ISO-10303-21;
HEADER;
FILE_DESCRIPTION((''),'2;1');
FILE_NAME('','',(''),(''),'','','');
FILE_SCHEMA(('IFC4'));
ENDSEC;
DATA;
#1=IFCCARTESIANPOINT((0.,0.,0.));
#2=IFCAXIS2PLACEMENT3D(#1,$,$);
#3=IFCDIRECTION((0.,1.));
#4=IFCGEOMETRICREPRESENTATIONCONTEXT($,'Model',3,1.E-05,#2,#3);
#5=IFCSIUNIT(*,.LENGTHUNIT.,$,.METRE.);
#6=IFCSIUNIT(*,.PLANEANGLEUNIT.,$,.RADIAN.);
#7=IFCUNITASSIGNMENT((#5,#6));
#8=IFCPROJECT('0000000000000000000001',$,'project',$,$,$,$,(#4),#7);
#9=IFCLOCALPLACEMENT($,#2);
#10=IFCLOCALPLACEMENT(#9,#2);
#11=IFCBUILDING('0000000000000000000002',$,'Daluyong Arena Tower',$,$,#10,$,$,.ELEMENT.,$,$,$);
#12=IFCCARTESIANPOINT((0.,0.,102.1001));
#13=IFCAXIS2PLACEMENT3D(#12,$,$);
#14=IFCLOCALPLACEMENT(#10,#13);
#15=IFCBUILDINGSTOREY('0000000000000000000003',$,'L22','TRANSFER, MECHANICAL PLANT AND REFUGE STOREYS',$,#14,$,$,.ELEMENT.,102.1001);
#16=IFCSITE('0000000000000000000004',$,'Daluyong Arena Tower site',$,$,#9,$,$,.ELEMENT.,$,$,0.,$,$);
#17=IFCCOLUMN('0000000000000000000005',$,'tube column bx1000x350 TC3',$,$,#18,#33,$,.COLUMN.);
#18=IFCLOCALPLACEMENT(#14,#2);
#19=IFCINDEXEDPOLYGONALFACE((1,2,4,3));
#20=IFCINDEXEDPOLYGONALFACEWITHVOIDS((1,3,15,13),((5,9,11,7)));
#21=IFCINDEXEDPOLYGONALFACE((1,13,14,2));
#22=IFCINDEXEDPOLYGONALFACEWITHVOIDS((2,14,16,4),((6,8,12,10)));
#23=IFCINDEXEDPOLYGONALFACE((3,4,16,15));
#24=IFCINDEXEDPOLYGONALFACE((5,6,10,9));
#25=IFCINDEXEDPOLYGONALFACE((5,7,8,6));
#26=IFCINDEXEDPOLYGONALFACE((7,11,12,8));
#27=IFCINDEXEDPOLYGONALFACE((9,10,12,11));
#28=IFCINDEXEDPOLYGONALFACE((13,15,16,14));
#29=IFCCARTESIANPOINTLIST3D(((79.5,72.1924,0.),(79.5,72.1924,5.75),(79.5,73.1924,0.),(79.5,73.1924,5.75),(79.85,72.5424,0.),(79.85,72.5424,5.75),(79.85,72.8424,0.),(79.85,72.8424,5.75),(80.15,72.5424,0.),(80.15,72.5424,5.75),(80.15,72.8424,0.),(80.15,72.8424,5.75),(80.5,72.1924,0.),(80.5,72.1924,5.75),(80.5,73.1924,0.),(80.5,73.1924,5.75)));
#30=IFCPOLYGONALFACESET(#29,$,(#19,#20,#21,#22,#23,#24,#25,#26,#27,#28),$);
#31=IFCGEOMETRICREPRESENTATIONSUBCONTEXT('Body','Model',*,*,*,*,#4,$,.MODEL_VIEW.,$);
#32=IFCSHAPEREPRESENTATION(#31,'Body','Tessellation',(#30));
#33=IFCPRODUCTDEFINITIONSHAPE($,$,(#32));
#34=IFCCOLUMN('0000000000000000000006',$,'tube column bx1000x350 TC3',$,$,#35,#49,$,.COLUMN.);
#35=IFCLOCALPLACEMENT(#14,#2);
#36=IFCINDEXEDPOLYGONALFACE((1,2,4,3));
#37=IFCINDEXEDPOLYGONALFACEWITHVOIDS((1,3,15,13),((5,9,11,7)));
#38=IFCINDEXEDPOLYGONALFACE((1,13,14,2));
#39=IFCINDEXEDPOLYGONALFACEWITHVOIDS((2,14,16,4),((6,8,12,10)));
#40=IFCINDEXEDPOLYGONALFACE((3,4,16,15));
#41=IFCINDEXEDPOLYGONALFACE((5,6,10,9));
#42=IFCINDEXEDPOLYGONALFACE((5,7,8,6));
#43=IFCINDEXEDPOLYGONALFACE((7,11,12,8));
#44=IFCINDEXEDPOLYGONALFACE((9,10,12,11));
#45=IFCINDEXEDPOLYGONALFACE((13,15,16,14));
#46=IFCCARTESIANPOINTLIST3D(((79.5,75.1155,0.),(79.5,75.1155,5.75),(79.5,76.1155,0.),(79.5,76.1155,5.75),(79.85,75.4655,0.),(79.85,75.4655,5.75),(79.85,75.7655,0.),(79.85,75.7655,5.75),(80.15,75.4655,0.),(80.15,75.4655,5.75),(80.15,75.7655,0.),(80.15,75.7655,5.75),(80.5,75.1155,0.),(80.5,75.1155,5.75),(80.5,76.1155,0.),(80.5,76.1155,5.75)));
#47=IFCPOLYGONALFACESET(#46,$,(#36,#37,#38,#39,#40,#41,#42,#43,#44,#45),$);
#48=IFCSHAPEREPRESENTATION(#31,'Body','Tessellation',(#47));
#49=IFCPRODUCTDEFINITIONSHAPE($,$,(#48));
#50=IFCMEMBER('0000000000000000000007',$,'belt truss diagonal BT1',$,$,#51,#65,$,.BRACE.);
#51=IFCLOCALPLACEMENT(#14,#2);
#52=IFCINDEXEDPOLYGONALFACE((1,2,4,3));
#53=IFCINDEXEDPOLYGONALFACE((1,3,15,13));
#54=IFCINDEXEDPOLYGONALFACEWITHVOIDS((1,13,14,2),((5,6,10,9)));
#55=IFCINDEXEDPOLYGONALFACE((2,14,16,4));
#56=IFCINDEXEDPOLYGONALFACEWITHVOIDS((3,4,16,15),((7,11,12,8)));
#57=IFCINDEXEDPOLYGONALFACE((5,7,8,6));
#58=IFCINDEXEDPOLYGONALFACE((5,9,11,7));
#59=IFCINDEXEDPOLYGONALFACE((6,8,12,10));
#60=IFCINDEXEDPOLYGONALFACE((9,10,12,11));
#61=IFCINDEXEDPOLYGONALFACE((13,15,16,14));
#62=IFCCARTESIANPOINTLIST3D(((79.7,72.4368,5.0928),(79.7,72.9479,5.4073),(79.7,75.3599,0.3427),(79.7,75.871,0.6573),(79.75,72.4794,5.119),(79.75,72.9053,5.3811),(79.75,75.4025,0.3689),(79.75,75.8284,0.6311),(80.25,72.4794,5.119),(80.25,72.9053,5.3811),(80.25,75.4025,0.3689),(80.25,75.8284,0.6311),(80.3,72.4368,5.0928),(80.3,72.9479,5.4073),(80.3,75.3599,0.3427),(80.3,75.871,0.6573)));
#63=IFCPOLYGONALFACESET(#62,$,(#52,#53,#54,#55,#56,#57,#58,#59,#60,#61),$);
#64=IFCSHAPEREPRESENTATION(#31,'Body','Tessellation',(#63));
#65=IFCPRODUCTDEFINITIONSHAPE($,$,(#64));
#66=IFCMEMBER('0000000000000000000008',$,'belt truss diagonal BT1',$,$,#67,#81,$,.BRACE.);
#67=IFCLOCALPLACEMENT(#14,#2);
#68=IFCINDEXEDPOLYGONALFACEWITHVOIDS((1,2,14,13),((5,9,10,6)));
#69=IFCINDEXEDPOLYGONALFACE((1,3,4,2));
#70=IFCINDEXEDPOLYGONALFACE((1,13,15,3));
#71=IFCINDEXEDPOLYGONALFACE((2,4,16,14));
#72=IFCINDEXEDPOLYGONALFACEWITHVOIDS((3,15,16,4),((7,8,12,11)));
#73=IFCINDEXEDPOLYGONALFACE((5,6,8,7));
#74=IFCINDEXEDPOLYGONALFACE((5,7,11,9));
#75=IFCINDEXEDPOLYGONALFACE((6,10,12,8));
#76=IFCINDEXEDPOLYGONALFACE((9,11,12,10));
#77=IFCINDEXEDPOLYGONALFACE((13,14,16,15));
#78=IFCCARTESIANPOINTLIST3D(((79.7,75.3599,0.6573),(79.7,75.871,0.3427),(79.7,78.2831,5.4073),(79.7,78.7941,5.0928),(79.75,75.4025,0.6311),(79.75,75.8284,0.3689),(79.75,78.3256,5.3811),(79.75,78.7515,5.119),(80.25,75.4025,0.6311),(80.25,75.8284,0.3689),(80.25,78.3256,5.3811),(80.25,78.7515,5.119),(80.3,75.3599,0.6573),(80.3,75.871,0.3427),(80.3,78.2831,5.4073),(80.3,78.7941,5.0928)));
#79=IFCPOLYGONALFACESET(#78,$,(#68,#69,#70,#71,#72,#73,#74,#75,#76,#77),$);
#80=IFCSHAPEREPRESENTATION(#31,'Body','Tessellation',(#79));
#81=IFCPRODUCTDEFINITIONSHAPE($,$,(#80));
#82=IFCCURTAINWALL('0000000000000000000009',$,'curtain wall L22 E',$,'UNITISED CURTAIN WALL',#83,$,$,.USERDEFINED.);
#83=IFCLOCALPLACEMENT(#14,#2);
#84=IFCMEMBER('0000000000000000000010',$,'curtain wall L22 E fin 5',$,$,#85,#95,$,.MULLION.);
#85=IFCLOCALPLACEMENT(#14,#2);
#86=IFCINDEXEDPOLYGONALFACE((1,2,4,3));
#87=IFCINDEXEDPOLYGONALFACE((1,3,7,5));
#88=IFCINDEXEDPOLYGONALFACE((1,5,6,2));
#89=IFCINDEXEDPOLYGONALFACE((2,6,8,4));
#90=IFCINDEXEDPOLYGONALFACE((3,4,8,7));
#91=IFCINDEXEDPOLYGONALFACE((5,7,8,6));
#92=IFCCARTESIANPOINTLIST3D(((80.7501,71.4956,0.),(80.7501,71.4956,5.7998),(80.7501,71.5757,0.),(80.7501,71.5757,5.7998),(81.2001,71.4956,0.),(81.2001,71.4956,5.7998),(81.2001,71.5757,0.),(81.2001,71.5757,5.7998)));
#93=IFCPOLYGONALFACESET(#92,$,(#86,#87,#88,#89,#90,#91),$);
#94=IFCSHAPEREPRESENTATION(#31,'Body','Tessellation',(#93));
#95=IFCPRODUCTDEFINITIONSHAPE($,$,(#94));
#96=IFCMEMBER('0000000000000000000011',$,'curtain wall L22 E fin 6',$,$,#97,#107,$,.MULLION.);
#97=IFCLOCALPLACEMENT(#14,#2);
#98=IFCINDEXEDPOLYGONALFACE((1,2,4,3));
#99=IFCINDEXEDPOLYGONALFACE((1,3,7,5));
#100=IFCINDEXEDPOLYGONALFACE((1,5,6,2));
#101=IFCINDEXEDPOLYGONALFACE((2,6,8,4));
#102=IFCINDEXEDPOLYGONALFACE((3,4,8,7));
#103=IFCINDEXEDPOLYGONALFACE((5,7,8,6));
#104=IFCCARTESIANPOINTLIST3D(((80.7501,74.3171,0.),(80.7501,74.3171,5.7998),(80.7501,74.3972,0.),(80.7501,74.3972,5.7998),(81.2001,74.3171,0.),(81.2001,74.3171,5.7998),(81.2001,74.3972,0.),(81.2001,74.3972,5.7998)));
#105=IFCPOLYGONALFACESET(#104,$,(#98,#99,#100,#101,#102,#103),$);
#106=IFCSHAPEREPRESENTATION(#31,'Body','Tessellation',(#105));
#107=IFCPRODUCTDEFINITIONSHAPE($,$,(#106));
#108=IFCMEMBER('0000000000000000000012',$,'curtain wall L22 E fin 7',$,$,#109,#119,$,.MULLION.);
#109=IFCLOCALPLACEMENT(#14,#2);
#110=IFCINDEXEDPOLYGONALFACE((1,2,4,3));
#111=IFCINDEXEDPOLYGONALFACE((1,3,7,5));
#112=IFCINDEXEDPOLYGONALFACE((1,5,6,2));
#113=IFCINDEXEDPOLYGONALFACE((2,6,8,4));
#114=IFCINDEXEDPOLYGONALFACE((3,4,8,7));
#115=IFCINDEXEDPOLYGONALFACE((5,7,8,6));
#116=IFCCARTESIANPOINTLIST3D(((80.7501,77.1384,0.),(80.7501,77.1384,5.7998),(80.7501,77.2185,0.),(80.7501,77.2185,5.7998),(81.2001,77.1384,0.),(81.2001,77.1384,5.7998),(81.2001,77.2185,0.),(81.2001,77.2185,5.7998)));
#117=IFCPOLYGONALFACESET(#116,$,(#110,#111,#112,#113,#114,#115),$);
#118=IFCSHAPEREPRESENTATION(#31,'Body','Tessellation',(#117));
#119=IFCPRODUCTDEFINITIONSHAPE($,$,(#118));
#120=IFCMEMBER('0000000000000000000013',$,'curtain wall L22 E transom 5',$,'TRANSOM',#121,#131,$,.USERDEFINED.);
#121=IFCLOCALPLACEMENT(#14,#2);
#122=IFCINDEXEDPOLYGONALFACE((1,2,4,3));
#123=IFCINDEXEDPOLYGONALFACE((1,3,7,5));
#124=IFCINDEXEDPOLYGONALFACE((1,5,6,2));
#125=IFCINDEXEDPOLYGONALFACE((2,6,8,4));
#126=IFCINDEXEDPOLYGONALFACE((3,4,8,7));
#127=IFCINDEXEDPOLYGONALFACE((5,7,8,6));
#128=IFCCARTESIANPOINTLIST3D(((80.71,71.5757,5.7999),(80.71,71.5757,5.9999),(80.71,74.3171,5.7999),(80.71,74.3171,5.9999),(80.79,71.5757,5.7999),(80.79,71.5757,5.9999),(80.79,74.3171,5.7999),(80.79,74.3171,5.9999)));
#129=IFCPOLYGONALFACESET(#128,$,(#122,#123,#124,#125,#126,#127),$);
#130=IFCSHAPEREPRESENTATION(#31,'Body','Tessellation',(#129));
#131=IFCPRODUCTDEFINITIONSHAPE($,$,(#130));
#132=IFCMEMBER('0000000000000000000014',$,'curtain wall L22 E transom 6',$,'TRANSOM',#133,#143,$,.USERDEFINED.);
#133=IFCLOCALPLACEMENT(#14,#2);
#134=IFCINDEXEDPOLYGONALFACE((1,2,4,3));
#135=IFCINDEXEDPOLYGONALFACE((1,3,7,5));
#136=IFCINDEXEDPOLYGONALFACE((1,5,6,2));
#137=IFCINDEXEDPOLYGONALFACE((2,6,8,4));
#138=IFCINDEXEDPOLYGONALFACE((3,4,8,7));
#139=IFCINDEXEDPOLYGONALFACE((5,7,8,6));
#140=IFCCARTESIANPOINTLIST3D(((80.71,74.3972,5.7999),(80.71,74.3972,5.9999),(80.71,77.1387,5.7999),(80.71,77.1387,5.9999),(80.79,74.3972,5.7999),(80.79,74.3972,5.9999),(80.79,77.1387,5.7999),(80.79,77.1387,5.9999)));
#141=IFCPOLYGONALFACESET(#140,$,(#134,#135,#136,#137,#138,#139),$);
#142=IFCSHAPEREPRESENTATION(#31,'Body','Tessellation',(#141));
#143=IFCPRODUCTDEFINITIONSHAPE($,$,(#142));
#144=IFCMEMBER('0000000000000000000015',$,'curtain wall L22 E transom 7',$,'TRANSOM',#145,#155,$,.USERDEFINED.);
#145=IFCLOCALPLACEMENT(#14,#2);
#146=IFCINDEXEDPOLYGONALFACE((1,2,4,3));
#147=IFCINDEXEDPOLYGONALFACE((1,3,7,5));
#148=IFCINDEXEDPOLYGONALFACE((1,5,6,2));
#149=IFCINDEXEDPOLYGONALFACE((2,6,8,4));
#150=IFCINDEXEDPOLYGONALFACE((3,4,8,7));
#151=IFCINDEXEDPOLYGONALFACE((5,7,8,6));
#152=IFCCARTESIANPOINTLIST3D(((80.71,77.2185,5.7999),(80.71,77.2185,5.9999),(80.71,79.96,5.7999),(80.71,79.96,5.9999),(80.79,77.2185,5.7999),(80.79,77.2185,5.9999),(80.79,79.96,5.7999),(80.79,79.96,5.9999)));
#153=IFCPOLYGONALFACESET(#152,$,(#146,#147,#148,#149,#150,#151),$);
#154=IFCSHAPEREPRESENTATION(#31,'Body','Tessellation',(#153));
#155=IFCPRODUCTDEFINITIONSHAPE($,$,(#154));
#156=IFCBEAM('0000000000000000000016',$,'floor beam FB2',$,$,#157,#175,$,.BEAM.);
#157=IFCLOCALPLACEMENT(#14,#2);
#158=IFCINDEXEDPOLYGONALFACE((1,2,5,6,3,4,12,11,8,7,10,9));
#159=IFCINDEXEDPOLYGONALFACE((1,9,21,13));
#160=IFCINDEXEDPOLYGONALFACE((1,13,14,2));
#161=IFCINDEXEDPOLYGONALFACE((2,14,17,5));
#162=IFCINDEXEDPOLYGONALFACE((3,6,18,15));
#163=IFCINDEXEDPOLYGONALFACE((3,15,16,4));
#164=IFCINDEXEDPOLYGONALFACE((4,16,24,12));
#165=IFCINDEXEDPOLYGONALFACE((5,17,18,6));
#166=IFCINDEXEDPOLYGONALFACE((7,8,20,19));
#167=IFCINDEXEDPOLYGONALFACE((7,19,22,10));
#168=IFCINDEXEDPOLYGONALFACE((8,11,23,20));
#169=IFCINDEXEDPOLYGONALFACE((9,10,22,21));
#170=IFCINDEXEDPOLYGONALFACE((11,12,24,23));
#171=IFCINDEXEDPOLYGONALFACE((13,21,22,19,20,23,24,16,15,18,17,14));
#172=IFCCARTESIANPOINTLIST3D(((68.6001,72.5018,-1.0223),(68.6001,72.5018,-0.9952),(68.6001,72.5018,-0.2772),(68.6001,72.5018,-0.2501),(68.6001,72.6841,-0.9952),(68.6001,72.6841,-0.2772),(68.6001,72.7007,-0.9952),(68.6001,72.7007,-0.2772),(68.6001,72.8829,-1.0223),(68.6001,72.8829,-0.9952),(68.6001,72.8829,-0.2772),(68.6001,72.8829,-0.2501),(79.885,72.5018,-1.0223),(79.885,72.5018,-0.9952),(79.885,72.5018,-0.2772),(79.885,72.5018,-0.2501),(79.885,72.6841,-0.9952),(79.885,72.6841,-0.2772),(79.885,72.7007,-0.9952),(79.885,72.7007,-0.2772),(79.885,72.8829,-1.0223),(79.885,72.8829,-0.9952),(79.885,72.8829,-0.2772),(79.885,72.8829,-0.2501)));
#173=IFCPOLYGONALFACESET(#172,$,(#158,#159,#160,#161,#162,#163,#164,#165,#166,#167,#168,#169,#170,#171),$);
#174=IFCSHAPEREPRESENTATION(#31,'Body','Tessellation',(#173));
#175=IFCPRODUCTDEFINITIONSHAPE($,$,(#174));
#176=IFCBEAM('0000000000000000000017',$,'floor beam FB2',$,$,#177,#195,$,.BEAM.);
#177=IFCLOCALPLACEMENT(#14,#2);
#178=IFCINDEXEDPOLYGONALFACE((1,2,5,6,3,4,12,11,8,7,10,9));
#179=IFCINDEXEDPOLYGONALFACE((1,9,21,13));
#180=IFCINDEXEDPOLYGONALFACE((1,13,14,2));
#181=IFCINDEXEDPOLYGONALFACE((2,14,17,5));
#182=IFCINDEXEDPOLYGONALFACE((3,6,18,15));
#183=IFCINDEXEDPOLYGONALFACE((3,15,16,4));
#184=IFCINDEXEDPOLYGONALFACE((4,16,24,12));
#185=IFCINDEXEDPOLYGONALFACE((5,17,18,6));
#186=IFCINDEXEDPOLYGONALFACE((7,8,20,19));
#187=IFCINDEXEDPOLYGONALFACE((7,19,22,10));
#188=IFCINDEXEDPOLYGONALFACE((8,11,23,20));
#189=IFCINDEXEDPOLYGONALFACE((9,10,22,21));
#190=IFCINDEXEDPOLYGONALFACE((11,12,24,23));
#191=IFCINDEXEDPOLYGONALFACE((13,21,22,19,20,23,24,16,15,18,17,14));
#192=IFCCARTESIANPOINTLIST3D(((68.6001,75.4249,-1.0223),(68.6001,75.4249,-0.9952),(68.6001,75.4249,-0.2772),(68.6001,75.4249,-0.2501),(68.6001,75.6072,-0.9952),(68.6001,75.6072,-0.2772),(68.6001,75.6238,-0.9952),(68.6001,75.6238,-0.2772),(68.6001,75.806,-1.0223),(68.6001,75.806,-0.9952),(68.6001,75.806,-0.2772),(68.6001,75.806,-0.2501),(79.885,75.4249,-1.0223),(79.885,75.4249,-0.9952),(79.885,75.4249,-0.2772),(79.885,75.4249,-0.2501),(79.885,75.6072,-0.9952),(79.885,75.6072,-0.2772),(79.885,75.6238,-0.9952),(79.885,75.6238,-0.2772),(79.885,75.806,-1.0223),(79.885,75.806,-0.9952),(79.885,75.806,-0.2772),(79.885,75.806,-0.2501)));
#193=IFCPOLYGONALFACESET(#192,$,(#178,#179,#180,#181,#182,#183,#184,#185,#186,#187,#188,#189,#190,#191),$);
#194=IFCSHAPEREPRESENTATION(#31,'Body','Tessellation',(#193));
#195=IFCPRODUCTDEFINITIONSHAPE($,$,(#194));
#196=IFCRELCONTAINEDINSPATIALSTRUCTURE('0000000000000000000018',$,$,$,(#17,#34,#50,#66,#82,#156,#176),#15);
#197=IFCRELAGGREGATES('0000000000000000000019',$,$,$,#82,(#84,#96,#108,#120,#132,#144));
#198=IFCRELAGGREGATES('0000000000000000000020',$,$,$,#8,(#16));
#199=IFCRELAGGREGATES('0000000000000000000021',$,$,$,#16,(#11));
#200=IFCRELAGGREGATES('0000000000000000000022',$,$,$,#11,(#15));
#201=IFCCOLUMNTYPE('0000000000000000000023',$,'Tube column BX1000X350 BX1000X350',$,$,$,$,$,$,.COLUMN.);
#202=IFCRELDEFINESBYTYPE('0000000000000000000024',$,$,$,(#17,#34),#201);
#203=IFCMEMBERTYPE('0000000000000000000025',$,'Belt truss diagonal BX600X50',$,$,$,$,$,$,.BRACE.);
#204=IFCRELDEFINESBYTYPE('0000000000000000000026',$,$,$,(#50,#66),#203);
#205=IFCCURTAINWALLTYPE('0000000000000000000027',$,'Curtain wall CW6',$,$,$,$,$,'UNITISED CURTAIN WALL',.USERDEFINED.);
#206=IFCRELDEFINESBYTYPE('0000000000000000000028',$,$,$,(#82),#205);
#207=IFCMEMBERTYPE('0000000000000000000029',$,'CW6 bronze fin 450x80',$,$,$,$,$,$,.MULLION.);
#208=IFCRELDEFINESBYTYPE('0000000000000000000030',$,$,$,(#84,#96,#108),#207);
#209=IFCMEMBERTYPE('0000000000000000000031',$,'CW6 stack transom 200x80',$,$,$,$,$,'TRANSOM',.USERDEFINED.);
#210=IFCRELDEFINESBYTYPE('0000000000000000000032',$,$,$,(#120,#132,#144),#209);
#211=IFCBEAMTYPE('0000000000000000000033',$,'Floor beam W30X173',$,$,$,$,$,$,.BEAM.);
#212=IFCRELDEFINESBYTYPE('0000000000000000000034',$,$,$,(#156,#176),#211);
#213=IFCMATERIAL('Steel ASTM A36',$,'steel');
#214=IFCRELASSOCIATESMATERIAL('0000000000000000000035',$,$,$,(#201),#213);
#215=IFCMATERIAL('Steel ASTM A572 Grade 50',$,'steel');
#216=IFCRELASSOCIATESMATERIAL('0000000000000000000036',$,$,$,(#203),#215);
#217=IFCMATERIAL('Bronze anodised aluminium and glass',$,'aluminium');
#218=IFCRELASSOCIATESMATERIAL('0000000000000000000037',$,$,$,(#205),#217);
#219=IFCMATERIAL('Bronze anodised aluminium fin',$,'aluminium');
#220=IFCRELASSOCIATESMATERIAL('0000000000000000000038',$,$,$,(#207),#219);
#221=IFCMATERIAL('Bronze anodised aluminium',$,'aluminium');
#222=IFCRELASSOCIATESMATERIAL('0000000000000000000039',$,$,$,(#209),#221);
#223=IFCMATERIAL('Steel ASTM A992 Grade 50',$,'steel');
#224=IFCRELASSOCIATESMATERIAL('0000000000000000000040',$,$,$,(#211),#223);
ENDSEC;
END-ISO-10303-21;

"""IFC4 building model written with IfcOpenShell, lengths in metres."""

from ifc_helpers import new_model, si_unit, direction, frame, origin, origin_2d, place, context, subcontext, project, spatial, rectangle, hollow_rectangle, i_section, extrude, material, material_profile, profile_set, type_object, element, aggregate, save


model = new_model("IFC4")

# Units and contexts
model_context = context("Model", 3, precision=1e-05, world=origin(), true_north=direction((0.0, 1.0)))
body_context = subcontext(model_context, "Body", "Model", "MODEL_VIEW")
ifc_project = project(units=[si_unit("LENGTHUNIT", "METRE"), si_unit("PLANEANGLEUNIT", "RADIAN")], contexts=[model_context])

# Site, building, storey
site_placement = place(None, origin())
site = spatial("IfcSite", under=ifc_project, at=site_placement, Name="Daluyong Arena Tower site", CompositionType="ELEMENT", RefElevation=0.0)
building_placement = place(site_placement, origin())
building = spatial("IfcBuilding", under=site, at=building_placement, Name="Daluyong Arena Tower", CompositionType="ELEMENT")
storey_placement = place(building_placement, frame((0.0, 0.0, 102.1001)))
storey = spatial("IfcBuildingStorey", under=building, at=storey_placement, Name="L22", Description="TRANSFER, MECHANICAL PLANT AND REFUGE STOREYS", CompositionType="ELEMENT", Elevation=102.1001)

# Columns
ifc_material_1 = material(Name="Steel ASTM A36", Category="steel")
ifc_material_profile_1 = material_profile(ifc_material_1, hollow_rectangle(XDim=1.0, YDim=1.0, WallThickness=0.35, at=origin_2d()))
ifc_profile_set_1 = profile_set([ifc_material_profile_1], Name="Steel ASTM A36")
column_type = type_object("IfcColumnType", Name="Tube column BX1000X350 BX1000X350", PredefinedType="COLUMN", material=ifc_profile_set_1)
for number, where, z_axis, x_axis, name in (
    (1, (80.0, 72.6924, 0.0), (0.0, 0.0, 1.0), (0.0, 1.0, 0.0), "tube column bx1000x350 TC3"),
    (2, (80.0, 75.6155, 0.0), (0.0, 0.0, 1.0), (0.0, 1.0, 0.0), "tube column bx1000x350 TC3"),
):
    element("IfcColumn", number, at=place(storey_placement, frame(where, z_axis=z_axis, x_axis=x_axis)), inside=storey, type_object=column_type, Name=name, PredefinedType="COLUMN", context=body_context, shape_type="SweptSolid", body=[
        extrude(hollow_rectangle(XDim=1.0, YDim=1.0, WallThickness=0.35, at=origin_2d()), origin(), (0.0, 0.0, 1.0), 5.75),
    ])

# Members
ifc_material_2 = material(Name="Steel ASTM A572 Grade 50", Category="steel")
ifc_material_profile_2 = material_profile(ifc_material_2, hollow_rectangle(XDim=0.6001, YDim=0.6001, WallThickness=0.05, at=origin_2d()))
ifc_profile_set_2 = profile_set([ifc_material_profile_2], Name="Steel ASTM A572 Grade 50")
member_type_1 = type_object("IfcMemberType", Name="Belt truss diagonal BX600X50", PredefinedType="BRACE", material=ifc_profile_set_2)
for number, where, z_axis, x_axis, name in (
    (3, (80.0, 75.6155, 0.5), (0.0, -0.5241, 0.851657), (1.0, 0.0, 0.0), "belt truss diagonal BT1"),
    (4, (80.0, 75.6155, 0.5), (0.0, 0.5241, 0.851657), (-1.0, 0.0, 0.0), "belt truss diagonal BT1"),
):
    element("IfcMember", number, at=place(storey_placement, frame(where, z_axis=z_axis, x_axis=x_axis)), inside=storey, type_object=member_type_1, Name=name, PredefinedType="BRACE", context=body_context, shape_type="SweptSolid", body=[
        extrude(hollow_rectangle(XDim=0.6001, YDim=0.6001, WallThickness=0.05, at=origin_2d()), origin(), (0.0, 0.0, 1.0), 5.5774),
    ])

# Curtain wall, members
ifc_material_3 = material(Name="Bronze anodised aluminium and glass", Category="aluminium")
curtain_wall_type = type_object("IfcCurtainWallType", Name="Curtain wall CW6", ElementType="UNITISED CURTAIN WALL", PredefinedType="USERDEFINED", material=ifc_material_3)
curtain_wall_placement = place(storey_placement, origin())
curtain_wall = element("IfcCurtainWall", 5, at=curtain_wall_placement, inside=storey, type_object=curtain_wall_type, Name="curtain wall L22 E", ObjectType="UNITISED CURTAIN WALL", PredefinedType="USERDEFINED")
ifc_material_4 = material(Name="Bronze anodised aluminium fin", Category="aluminium")
ifc_material_profile_3 = material_profile(ifc_material_4, rectangle(XDim=0.45, YDim=0.0801, at=origin_2d()))
ifc_profile_set_3 = profile_set([ifc_material_profile_3], Name="Bronze anodised aluminium fin")
member_type_2 = type_object("IfcMemberType", Name="CW6 bronze fin 450x80", PredefinedType="MULLION", material=ifc_profile_set_3)
member_1_placement = place(storey_placement, frame((80.9751, 71.5356, 0.0), z_axis=(0.0, 0.0, 1.0), x_axis=(-1.0, 0.0, 0.0)))
member_1 = element("IfcMember", 6, at=member_1_placement, type_object=member_type_2, Name="curtain wall L22 E fin 5", PredefinedType="MULLION", context=body_context, shape_type="SweptSolid", body=[
    extrude(rectangle(XDim=0.45, YDim=0.0801, at=origin_2d()), origin(), (0.0, 0.0, 1.0), 5.7998),
])
member_2_placement = place(storey_placement, frame((80.9751, 74.3572, 0.0), z_axis=(0.0, 0.0, 1.0), x_axis=(-1.0, 0.0, 0.0)))
member_2 = element("IfcMember", 7, at=member_2_placement, type_object=member_type_2, Name="curtain wall L22 E fin 6", PredefinedType="MULLION", context=body_context, shape_type="SweptSolid", body=[
    extrude(rectangle(XDim=0.45, YDim=0.0801, at=origin_2d()), origin(), (0.0, 0.0, 1.0), 5.7998),
])
member_3_placement = place(storey_placement, frame((80.9751, 77.1785, 0.0), z_axis=(0.0, 0.0, 1.0), x_axis=(-1.0, 0.0, 0.0)))
member_3 = element("IfcMember", 8, at=member_3_placement, type_object=member_type_2, Name="curtain wall L22 E fin 7", PredefinedType="MULLION", context=body_context, shape_type="SweptSolid", body=[
    extrude(rectangle(XDim=0.45, YDim=0.0801, at=origin_2d()), origin(), (0.0, 0.0, 1.0), 5.7998),
])
ifc_material_5 = material(Name="Bronze anodised aluminium", Category="aluminium")
ifc_material_profile_4 = material_profile(ifc_material_5, rectangle(XDim=0.0801, YDim=0.2, at=origin_2d()))
ifc_profile_set_4 = profile_set([ifc_material_profile_4], Name="Bronze anodised aluminium")
member_type_3 = type_object("IfcMemberType", Name="CW6 stack transom 200x80", ElementType="TRANSOM", PredefinedType="USERDEFINED", material=ifc_profile_set_4)
member_4_placement = place(storey_placement, frame((80.75, 71.5757, 5.8999), z_axis=(0.0, 1.0, 0.0), x_axis=(-1.0, 0.0, 0.0)))
member_4 = element("IfcMember", 9, at=member_4_placement, type_object=member_type_3, Name="curtain wall L22 E transom 5", ObjectType="TRANSOM", PredefinedType="USERDEFINED", context=body_context, shape_type="SweptSolid", body=[
    extrude(rectangle(XDim=0.0801, YDim=0.2, at=origin_2d()), origin(), (0.0, 0.0, 1.0), 2.7415),
])
member_5_placement = place(storey_placement, frame((80.75, 74.3972, 5.8999), z_axis=(0.0, 1.0, 0.0), x_axis=(-1.0, 0.0, 0.0)))
member_5 = element("IfcMember", 10, at=member_5_placement, type_object=member_type_3, Name="curtain wall L22 E transom 6", ObjectType="TRANSOM", PredefinedType="USERDEFINED", context=body_context, shape_type="SweptSolid", body=[
    extrude(rectangle(XDim=0.0801, YDim=0.2, at=origin_2d()), origin(), (0.0, 0.0, 1.0), 2.7415),
])
member_6_placement = place(storey_placement, frame((80.75, 77.2185, 5.8999), z_axis=(0.0, 1.0, 0.0), x_axis=(-1.0, 0.0, 0.0)))
member_6 = element("IfcMember", 11, at=member_6_placement, type_object=member_type_3, Name="curtain wall L22 E transom 7", ObjectType="TRANSOM", PredefinedType="USERDEFINED", context=body_context, shape_type="SweptSolid", body=[
    extrude(rectangle(XDim=0.0801, YDim=0.2, at=origin_2d()), origin(), (0.0, 0.0, 1.0), 2.7415),
])

# Beams
ifc_material_6 = material(Name="Steel ASTM A992 Grade 50", Category="steel")
ifc_material_profile_5 = material_profile(ifc_material_6, i_section(OverallWidth=0.3811, OverallDepth=0.7722, WebThickness=0.0166, FlangeThickness=0.0271, at=origin_2d()))
ifc_profile_set_5 = profile_set([ifc_material_profile_5], Name="Steel ASTM A992 Grade 50")
beam_type_1 = type_object("IfcBeamType", Name="Floor beam W30X173", PredefinedType="BEAM", material=ifc_profile_set_5)
for number, where, z_axis, x_axis, name in (
    (12, (79.885, 72.6924, -0.6362), (-1.0, 0.0, 0.0), (0.0, -1.0, 0.0), "floor beam FB2"),
    (13, (79.885, 75.6155, -0.6362), (-1.0, 0.0, 0.0), (0.0, -1.0, 0.0), "floor beam FB2"),
):
    element("IfcBeam", number, at=place(storey_placement, frame(where, z_axis=z_axis, x_axis=x_axis)), inside=storey, type_object=beam_type_1, Name=name, PredefinedType="BEAM", context=body_context, shape_type="SweptSolid", body=[
        extrude(i_section(OverallWidth=0.3811, OverallDepth=0.7722, WebThickness=0.0166, FlangeThickness=0.0271, at=origin_2d()), origin(), (0.0, 0.0, 1.0), 11.2849),
    ])

aggregate(curtain_wall, [member_1, member_2, member_3, member_4, member_5, member_6])

save(model, "model.ifc")
